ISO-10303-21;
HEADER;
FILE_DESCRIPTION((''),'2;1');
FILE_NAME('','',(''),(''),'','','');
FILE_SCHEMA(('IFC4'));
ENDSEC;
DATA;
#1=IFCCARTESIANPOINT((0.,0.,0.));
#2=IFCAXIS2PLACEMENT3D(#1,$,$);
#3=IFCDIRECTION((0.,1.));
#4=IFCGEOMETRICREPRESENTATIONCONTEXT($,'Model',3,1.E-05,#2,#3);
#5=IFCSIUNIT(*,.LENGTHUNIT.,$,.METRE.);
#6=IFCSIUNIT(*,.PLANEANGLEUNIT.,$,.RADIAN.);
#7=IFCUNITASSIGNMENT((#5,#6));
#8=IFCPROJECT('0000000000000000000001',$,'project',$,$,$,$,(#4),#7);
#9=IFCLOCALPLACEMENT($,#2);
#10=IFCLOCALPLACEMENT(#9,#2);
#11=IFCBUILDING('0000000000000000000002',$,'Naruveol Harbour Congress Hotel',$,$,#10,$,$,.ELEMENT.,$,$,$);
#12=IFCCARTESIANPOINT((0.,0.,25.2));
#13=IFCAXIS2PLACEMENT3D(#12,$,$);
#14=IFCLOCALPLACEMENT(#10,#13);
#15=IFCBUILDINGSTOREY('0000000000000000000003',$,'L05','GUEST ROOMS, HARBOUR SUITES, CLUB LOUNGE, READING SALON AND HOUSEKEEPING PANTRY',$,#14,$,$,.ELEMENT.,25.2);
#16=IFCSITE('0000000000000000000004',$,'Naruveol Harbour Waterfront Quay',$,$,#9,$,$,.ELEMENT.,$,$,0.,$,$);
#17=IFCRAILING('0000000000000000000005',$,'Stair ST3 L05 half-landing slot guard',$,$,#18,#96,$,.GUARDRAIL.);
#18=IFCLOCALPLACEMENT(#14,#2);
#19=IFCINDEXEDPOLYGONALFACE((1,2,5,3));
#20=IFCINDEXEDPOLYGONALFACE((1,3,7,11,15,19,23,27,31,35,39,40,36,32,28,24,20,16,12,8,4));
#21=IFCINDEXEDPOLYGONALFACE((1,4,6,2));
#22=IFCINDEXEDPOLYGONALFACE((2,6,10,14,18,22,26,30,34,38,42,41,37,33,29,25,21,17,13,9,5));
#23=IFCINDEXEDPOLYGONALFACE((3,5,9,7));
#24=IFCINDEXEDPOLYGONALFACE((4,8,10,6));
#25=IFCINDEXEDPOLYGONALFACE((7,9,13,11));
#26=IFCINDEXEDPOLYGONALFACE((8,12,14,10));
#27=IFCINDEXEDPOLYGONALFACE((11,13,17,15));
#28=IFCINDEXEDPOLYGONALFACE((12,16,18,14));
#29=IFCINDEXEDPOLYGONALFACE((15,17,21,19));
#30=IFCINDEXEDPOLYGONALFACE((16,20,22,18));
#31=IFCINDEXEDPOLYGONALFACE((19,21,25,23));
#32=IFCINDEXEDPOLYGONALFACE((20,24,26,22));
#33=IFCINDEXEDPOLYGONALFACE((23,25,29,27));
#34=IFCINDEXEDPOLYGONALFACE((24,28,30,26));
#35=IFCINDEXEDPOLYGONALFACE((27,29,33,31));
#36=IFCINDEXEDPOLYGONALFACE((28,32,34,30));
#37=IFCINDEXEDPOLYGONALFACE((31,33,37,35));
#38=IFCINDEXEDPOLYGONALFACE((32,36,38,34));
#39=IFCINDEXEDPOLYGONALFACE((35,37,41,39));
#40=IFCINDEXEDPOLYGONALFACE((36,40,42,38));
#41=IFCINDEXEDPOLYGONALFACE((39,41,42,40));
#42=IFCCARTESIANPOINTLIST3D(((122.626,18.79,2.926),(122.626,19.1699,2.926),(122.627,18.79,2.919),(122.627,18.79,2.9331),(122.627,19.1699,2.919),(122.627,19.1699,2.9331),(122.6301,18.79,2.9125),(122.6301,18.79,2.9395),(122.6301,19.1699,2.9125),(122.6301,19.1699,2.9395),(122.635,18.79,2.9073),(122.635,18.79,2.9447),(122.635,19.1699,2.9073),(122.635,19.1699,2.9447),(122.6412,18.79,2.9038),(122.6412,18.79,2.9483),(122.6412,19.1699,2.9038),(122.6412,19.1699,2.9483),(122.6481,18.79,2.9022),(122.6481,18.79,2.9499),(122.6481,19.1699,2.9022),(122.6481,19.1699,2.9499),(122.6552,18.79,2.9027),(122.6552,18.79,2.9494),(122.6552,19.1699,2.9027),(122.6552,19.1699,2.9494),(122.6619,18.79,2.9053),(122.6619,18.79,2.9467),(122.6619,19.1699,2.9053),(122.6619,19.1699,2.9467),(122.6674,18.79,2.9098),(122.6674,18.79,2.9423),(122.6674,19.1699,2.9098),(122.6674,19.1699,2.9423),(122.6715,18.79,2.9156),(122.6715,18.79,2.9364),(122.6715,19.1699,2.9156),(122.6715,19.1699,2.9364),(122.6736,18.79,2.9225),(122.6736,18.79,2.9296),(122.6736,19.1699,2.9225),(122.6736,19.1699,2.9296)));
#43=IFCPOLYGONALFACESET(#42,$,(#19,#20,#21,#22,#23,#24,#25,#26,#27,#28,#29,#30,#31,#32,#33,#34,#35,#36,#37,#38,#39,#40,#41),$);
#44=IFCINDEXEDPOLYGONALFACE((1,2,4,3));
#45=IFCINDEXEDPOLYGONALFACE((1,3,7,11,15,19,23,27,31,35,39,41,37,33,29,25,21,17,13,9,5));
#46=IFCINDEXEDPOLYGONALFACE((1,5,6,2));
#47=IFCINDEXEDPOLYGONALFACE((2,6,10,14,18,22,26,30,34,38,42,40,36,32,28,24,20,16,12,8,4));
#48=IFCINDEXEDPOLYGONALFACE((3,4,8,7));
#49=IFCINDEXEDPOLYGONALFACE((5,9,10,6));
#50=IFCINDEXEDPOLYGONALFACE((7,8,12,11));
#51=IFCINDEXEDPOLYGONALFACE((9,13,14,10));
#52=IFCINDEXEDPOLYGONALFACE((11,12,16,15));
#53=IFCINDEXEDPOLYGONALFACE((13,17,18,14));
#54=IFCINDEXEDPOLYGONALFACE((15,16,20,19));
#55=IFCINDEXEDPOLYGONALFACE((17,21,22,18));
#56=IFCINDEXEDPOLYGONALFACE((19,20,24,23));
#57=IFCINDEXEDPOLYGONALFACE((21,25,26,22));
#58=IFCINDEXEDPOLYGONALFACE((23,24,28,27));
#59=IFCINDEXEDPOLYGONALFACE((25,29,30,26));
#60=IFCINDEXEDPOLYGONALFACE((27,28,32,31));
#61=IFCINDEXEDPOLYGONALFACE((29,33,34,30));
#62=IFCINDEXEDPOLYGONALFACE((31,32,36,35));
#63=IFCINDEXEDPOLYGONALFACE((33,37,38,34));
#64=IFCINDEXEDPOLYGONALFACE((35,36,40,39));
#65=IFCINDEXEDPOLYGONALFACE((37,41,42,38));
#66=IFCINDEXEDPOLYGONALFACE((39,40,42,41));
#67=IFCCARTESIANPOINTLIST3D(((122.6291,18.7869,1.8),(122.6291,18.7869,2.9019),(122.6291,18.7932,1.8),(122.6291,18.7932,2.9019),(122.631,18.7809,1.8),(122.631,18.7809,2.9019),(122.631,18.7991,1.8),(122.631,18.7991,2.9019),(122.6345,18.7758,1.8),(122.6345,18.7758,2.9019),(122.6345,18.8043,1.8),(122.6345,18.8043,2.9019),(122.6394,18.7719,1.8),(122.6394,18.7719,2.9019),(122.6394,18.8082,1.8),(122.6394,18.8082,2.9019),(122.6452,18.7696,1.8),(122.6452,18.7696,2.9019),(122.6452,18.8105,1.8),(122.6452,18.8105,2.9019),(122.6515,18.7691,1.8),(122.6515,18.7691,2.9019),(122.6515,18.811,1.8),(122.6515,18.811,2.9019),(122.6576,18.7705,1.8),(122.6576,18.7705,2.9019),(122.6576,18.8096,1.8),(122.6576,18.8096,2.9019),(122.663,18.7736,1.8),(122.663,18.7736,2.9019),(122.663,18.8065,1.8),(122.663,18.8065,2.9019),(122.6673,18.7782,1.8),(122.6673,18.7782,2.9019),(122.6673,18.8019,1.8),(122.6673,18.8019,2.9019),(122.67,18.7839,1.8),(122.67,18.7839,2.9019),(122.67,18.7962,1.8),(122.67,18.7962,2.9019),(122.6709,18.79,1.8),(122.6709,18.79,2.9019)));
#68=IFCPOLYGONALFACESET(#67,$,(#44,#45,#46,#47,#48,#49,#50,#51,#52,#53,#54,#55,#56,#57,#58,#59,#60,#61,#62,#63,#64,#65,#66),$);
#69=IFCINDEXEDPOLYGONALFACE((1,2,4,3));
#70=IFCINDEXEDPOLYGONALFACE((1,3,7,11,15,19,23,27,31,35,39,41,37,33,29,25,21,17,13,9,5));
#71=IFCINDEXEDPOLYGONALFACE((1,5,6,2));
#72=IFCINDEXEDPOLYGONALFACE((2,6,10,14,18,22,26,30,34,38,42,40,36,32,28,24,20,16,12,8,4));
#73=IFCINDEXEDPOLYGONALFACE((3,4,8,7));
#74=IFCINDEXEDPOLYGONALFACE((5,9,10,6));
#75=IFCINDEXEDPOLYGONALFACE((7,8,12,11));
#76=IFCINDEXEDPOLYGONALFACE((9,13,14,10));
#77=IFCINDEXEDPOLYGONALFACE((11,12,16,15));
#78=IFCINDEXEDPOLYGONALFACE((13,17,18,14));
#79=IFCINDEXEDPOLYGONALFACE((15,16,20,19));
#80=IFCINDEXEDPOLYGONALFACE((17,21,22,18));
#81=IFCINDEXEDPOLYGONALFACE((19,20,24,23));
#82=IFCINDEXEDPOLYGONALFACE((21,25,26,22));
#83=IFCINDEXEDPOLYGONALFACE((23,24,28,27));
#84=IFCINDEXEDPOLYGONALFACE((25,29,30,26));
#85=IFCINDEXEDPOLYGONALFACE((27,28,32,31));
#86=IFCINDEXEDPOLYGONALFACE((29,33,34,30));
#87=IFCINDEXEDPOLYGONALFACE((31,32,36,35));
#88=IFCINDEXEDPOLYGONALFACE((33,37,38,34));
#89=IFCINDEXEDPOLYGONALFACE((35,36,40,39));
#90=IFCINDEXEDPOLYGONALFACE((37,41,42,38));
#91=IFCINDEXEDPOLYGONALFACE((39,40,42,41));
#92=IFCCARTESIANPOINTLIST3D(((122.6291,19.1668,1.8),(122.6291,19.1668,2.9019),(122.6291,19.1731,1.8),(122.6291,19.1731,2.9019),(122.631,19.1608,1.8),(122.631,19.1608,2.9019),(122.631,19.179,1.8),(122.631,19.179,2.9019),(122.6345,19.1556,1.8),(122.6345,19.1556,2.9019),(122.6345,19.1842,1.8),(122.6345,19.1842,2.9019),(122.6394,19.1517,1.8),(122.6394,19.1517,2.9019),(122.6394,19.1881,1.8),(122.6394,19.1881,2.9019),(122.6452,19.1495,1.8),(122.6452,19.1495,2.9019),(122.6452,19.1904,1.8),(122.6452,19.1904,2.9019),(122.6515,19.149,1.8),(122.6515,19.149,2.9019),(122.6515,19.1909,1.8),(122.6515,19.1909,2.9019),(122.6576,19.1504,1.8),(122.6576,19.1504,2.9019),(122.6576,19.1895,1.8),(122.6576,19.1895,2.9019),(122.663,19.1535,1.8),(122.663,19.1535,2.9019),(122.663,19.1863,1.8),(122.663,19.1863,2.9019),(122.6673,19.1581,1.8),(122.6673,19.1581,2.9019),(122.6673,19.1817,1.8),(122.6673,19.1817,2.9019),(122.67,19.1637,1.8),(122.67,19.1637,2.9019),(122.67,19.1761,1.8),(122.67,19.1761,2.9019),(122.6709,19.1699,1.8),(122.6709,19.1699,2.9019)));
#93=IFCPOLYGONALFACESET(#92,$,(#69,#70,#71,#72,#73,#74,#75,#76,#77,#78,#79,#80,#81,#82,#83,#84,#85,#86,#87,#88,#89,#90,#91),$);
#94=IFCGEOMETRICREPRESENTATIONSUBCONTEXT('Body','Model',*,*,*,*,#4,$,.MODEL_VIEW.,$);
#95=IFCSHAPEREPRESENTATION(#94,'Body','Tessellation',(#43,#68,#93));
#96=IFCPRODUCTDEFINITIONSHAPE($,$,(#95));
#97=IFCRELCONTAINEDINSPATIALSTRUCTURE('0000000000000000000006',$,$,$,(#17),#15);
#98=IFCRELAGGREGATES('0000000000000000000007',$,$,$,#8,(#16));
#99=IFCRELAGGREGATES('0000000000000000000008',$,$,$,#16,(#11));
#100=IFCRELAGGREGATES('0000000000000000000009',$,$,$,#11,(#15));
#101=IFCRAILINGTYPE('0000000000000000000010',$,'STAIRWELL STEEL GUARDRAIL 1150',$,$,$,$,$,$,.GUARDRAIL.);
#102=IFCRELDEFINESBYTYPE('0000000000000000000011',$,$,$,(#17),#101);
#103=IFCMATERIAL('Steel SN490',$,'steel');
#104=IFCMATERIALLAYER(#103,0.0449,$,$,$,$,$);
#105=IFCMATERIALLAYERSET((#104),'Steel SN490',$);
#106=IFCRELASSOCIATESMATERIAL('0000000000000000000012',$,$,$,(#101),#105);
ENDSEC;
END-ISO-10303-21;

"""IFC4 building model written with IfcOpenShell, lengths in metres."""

from ifc_helpers import new_model, si_unit, direction, frame, origin, origin_2d, place, context, subcontext, project, spatial, circle, extrude, material, layer, layer_set, type_object, element, save


model = new_model("IFC4")

# Units and contexts
model_context = context("Model", 3, precision=1e-05, world=origin(), true_north=direction((0.0, 1.0)))
body_context = subcontext(model_context, "Body", "Model", "MODEL_VIEW")
ifc_project = project(units=[si_unit("LENGTHUNIT", "METRE"), si_unit("PLANEANGLEUNIT", "RADIAN")], contexts=[model_context])

# Site, building, storey
site_placement = place(None, origin())
site = spatial("IfcSite", under=ifc_project, at=site_placement, Name="Naruveol Harbour Waterfront Quay", CompositionType="ELEMENT", RefElevation=0.0)
building_placement = place(site_placement, origin())
building = spatial("IfcBuilding", under=site, at=building_placement, Name="Naruveol Harbour Congress Hotel", CompositionType="ELEMENT")
storey_placement = place(building_placement, frame((0.0, 0.0, 25.2)))
storey = spatial("IfcBuildingStorey", under=building, at=storey_placement, Name="L05", Description="GUEST ROOMS, HARBOUR SUITES, CLUB LOUNGE, READING SALON AND HOUSEKEEPING PANTRY", CompositionType="ELEMENT", Elevation=25.2)

# Railing
ifc_material_1 = material(Name="Steel SN490", Category="steel")
ifc_layer_1 = layer(ifc_material_1, 0.0449)
ifc_layer_set_1 = layer_set([ifc_layer_1], Name="Steel SN490")
railing_type_1 = type_object("IfcRailingType", Name="STAIRWELL STEEL GUARDRAIL 1150", PredefinedType="GUARDRAIL", material=ifc_layer_set_1)
railing_1_placement = place(storey_placement, frame((122.6499, 18.79, 1.8)))
element("IfcRailing", 1, at=railing_1_placement, inside=storey, type_object=railing_type_1, Name="Stair ST3 L05 half-landing slot guard", PredefinedType="GUARDRAIL", context=body_context, shape_type="SweptSolid", body=[
    extrude(circle(Radius=0.0239, at=origin_2d()), frame((0.0, 0.0, 1.126), z_axis=(0.0, 1.0, 0.0), x_axis=(-1.0, 0.0, 0.0)), (0.0, 0.0, 1.0), 0.3799),
    extrude(circle(Radius=0.021, at=origin_2d()), origin(), (0.0, 0.0, 1.0), 1.1018),
    extrude(circle(Radius=0.021, at=origin_2d()), frame((0.0, 0.3799, 0.0)), (0.0, 0.0, 1.0), 1.1018),
])

save(model, "model.ifc")
